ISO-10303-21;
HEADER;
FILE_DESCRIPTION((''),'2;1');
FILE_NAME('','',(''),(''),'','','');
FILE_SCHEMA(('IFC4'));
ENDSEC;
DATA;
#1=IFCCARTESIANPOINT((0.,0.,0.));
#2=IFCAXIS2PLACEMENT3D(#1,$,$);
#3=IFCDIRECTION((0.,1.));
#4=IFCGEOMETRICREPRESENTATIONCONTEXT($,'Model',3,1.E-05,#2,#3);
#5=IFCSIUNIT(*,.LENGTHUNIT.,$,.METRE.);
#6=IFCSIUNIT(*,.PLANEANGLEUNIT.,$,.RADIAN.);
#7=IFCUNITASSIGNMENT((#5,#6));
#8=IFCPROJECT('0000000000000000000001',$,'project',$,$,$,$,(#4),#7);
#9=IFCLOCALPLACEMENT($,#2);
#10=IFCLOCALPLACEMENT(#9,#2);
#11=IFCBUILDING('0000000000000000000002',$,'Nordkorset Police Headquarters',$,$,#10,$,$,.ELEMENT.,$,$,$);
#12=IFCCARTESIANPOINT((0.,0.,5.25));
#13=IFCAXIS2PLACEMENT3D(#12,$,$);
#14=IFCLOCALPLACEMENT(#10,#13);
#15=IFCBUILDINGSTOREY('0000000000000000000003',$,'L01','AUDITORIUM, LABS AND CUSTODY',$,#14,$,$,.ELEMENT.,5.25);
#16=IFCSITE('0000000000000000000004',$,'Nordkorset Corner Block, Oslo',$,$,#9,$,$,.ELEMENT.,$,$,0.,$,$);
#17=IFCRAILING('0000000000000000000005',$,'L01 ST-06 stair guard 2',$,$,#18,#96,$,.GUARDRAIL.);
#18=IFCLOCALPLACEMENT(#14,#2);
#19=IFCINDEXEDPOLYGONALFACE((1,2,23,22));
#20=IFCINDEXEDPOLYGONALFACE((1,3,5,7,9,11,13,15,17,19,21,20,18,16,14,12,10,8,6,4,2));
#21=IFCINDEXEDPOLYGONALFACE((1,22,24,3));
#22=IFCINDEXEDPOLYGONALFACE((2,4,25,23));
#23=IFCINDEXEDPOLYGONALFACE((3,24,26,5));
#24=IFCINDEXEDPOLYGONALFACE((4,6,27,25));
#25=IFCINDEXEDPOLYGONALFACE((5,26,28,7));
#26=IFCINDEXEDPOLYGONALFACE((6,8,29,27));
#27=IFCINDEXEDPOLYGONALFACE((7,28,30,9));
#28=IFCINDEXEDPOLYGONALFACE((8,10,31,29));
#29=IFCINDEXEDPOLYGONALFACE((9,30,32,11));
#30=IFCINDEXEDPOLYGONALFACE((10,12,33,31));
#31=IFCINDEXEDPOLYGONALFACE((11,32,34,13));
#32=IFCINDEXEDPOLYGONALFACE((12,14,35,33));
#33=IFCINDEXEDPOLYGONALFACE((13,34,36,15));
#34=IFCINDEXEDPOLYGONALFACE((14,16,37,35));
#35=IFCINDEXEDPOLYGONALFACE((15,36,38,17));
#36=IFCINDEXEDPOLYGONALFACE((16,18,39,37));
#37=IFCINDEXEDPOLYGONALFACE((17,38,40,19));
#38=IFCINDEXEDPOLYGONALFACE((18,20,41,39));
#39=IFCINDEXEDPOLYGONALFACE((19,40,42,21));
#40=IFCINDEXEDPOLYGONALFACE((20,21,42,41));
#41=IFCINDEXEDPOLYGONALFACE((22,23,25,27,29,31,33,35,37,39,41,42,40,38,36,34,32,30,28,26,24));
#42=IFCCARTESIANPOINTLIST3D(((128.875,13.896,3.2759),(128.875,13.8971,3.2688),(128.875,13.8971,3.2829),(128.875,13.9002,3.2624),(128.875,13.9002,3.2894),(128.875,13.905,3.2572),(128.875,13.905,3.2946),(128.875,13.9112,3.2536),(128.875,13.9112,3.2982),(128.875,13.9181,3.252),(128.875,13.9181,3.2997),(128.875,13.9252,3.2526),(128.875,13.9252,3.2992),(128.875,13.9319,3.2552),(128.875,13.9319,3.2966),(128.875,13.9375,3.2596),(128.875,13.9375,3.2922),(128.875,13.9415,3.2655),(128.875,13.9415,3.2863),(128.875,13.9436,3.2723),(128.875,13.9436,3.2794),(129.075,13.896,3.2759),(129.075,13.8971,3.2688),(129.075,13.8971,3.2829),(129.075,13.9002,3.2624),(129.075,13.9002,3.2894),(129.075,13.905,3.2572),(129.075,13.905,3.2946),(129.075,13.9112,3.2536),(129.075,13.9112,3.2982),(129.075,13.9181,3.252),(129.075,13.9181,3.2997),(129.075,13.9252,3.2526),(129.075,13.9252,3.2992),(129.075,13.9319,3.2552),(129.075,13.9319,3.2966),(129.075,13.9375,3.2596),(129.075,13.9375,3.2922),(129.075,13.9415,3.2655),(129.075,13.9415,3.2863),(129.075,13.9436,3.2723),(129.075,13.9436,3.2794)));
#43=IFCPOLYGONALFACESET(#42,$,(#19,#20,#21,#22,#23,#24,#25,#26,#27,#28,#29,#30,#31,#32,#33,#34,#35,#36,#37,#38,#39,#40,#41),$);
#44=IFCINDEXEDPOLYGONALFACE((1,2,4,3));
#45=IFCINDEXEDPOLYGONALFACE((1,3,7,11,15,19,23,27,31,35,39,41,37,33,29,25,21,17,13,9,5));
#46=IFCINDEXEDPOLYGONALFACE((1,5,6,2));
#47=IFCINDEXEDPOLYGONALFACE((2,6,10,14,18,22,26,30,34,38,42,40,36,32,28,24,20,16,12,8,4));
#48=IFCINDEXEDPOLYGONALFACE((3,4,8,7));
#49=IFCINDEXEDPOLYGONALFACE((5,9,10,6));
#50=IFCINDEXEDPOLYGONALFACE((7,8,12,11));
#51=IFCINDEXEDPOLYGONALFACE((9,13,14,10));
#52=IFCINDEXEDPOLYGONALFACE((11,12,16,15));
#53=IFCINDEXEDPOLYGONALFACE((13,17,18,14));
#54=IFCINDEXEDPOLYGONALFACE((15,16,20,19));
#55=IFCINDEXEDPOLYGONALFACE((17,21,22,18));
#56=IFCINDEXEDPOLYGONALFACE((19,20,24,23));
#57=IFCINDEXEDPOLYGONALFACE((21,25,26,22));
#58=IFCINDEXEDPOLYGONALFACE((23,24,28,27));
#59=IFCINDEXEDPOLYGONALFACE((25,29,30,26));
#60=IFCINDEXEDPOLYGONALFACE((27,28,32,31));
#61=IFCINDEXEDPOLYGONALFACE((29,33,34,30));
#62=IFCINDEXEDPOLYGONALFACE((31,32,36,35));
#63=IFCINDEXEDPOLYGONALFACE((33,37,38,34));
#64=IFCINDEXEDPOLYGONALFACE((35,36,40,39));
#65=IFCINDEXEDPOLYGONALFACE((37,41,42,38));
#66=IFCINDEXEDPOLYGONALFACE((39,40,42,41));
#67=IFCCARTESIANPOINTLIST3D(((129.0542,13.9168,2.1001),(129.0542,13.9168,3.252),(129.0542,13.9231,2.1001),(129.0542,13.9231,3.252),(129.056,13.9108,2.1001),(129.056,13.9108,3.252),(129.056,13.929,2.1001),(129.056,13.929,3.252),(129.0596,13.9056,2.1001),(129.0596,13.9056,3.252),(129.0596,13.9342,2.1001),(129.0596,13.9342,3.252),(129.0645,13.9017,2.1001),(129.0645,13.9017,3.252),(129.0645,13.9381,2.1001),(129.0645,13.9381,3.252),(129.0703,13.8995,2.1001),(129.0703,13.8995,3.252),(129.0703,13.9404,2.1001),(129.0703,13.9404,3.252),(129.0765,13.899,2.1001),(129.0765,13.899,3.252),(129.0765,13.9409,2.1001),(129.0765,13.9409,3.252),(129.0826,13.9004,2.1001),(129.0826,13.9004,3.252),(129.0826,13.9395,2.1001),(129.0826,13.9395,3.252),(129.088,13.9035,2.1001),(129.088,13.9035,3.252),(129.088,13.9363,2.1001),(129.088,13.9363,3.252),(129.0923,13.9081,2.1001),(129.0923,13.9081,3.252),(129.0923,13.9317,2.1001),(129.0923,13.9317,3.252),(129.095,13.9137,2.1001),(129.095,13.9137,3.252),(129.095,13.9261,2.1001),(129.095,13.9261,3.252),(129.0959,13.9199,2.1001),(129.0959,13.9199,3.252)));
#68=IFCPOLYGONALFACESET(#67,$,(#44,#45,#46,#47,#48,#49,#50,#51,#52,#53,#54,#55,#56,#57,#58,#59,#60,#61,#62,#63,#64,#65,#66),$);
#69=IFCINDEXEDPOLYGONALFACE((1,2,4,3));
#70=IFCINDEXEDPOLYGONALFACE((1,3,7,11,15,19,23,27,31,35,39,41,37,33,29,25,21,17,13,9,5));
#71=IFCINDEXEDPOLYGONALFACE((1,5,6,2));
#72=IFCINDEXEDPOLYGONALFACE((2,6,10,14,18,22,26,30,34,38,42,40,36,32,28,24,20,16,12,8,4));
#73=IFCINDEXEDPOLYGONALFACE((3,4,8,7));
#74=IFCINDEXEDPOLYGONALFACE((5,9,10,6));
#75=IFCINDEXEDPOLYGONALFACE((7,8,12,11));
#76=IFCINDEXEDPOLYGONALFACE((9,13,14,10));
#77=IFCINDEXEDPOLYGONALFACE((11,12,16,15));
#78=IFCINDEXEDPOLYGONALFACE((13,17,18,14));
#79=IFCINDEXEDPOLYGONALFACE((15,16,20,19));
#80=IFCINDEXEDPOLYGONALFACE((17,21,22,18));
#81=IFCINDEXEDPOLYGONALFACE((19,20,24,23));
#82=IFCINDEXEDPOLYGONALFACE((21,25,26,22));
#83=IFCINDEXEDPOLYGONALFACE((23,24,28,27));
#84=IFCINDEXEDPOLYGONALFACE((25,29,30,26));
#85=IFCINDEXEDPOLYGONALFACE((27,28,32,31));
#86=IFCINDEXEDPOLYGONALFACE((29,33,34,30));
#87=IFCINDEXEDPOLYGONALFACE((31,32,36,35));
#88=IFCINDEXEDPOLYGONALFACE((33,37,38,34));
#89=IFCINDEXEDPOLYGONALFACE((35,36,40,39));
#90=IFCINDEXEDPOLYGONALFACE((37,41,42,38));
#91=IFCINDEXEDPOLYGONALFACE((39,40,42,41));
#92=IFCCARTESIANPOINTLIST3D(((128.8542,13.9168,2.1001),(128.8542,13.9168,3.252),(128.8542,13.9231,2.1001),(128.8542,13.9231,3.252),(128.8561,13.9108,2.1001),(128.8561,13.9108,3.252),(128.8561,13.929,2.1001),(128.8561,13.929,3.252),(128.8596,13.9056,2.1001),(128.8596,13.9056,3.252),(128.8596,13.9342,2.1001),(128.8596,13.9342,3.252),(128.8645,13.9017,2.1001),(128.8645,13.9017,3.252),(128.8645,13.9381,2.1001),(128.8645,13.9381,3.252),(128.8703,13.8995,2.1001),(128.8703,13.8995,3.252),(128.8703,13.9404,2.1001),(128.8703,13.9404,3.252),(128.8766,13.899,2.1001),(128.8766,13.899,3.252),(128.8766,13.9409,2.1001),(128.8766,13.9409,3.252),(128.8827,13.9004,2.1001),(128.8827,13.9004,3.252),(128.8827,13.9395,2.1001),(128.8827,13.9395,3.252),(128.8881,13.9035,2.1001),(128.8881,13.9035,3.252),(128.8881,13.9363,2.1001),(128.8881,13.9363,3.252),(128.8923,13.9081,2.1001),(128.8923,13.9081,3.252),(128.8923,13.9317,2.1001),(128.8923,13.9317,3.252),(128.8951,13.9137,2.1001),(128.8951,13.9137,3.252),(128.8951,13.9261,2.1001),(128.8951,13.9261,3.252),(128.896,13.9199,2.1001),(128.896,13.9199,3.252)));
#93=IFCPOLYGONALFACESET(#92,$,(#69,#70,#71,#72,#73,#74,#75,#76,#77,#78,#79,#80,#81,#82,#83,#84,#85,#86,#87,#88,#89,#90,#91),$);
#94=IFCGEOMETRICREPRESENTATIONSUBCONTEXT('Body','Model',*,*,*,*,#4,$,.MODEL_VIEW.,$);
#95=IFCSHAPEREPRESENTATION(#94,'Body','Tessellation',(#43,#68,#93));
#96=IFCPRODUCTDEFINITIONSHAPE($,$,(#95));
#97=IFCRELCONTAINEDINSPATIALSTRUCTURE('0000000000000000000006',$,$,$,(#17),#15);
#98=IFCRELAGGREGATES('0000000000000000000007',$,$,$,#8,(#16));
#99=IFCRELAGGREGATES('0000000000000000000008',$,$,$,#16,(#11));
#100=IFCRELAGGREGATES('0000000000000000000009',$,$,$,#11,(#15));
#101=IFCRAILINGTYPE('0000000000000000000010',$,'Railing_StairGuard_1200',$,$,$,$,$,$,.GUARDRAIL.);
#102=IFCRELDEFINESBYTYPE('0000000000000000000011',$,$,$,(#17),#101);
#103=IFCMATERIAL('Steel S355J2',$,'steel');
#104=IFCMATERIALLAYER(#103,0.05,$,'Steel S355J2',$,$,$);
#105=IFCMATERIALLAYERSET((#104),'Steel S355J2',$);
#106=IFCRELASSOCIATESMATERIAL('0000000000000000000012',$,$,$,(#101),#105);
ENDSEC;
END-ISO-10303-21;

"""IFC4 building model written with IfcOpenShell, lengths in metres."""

from ifc_helpers import new_model, si_unit, direction, frame, origin, origin_2d, place, context, subcontext, project, spatial, circle, extrude, material, layer, layer_set, type_object, element, save


model = new_model("IFC4")

# Units and contexts
model_context = context("Model", 3, precision=1e-05, world=origin(), true_north=direction((0.0, 1.0)))
body_context = subcontext(model_context, "Body", "Model", "MODEL_VIEW")
ifc_project = project(units=[si_unit("LENGTHUNIT", "METRE"), si_unit("PLANEANGLEUNIT", "RADIAN")], contexts=[model_context])

# Site, building, storey
site_placement = place(None, origin())
site = spatial("IfcSite", under=ifc_project, at=site_placement, Name="Nordkorset Corner Block, Oslo", CompositionType="ELEMENT", RefElevation=0.0)
building_placement = place(site_placement, origin())
building = spatial("IfcBuilding", under=site, at=building_placement, Name="Nordkorset Police Headquarters", CompositionType="ELEMENT")
storey_placement = place(building_placement, frame((0.0, 0.0, 5.25)))
storey = spatial("IfcBuildingStorey", under=building, at=storey_placement, Name="L01", Description="AUDITORIUM, LABS AND CUSTODY", CompositionType="ELEMENT", Elevation=5.25)

# Railing
ifc_material_1 = material(Name="Steel S355J2", Category="steel")
ifc_layer_1 = layer(ifc_material_1, 0.05, Name="Steel S355J2")
ifc_layer_set_1 = layer_set([ifc_layer_1], Name="Steel S355J2")
railing_type_1 = type_object("IfcRailingType", Name="Railing_StairGuard_1200", PredefinedType="GUARDRAIL", material=ifc_layer_set_1)
railing_1_placement = place(storey_placement, frame((129.075, 13.9199, 2.1001)))
element("IfcRailing", 1, at=railing_1_placement, inside=storey, type_object=railing_type_1, Name="L01 ST-06 stair guard 2", PredefinedType="GUARDRAIL", context=body_context, shape_type="SweptSolid", body=[
    extrude(circle(Radius=0.0239, at=origin_2d()), frame((0.0, 0.0, 1.1758), z_axis=(-1.0, 0.0, 0.0), x_axis=(0.0, -1.0, 0.0)), (0.0, 0.0, 1.0), 0.2),
    extrude(circle(Radius=0.021, at=origin_2d()), origin(), (0.0, 0.0, 1.0), 1.1519),
    extrude(circle(Radius=0.021, at=origin_2d()), frame((-0.2, 0.0, 0.0)), (0.0, 0.0, 1.0), 1.1519),
])

save(model, "model.ifc")
